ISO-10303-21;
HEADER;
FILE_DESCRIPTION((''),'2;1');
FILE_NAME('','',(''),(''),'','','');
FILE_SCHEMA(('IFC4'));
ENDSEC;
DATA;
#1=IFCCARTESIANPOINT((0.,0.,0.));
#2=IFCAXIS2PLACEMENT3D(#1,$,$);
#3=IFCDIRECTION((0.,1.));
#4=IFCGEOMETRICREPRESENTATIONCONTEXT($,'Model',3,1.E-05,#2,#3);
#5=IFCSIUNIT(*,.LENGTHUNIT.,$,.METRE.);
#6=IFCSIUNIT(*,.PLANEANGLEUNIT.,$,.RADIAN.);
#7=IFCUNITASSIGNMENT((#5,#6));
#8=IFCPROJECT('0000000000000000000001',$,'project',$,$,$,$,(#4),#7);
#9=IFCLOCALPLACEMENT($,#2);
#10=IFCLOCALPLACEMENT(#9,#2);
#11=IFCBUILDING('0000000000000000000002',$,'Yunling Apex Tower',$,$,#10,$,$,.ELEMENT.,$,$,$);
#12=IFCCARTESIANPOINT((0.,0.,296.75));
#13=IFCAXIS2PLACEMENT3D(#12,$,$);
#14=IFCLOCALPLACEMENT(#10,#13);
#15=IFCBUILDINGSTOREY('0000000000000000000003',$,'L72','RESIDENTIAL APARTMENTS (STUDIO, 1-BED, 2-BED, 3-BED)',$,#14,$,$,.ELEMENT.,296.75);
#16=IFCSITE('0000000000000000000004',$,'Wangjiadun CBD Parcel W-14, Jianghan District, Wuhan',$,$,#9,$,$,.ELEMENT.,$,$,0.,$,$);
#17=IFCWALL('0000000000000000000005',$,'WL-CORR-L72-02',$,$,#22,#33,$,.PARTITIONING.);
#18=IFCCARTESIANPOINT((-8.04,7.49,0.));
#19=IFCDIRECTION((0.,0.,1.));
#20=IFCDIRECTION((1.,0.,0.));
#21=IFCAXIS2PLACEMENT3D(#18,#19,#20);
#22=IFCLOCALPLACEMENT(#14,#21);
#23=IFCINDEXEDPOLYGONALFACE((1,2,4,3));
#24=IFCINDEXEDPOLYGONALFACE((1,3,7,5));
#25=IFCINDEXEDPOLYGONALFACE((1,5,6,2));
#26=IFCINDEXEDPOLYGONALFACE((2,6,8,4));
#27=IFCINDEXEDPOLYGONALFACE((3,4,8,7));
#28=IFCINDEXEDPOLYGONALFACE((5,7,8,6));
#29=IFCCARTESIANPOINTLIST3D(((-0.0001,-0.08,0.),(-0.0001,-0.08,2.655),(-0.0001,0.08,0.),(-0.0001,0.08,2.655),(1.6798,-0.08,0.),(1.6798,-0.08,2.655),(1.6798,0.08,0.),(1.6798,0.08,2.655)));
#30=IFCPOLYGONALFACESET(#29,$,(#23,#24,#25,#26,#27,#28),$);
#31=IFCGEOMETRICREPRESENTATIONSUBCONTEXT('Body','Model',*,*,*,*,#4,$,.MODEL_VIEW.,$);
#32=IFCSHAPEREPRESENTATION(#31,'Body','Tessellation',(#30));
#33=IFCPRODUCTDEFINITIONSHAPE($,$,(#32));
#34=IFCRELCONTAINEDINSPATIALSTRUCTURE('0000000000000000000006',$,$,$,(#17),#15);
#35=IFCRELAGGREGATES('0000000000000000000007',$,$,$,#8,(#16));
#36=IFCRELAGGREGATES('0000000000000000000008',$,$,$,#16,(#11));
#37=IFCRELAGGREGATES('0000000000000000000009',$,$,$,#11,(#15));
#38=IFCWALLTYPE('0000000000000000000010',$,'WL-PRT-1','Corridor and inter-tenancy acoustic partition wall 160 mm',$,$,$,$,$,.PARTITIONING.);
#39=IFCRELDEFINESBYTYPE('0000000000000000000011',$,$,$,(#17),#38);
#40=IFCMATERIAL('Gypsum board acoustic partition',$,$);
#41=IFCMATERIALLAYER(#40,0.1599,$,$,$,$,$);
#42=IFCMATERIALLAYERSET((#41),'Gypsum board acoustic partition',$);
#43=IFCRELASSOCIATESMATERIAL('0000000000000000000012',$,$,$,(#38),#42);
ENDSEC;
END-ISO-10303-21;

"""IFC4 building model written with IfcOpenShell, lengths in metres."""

from ifc_helpers import new_model, si_unit, direction, frame, frame_2d, origin, place, context, subcontext, project, spatial, rectangle, extrude, material, layer, layer_set, type_object, element, save


model = new_model("IFC4")

# Units and contexts
model_context = context("Model", 3, precision=1e-05, world=origin(), true_north=direction((0.0, 1.0)))
body_context = subcontext(model_context, "Body", "Model", "MODEL_VIEW")
ifc_project = project(units=[si_unit("LENGTHUNIT", "METRE"), si_unit("PLANEANGLEUNIT", "RADIAN")], contexts=[model_context])

# Site, building, storey
site_placement = place(None, origin())
site = spatial("IfcSite", under=ifc_project, at=site_placement, Name="Wangjiadun CBD Parcel W-14, Jianghan District, Wuhan", CompositionType="ELEMENT", RefElevation=0.0)
building_placement = place(site_placement, origin())
building = spatial("IfcBuilding", under=site, at=building_placement, Name="Yunling Apex Tower", CompositionType="ELEMENT")
storey_placement = place(building_placement, frame((0.0, 0.0, 296.75)))
storey = spatial("IfcBuildingStorey", under=building, at=storey_placement, Name="L72", Description="RESIDENTIAL APARTMENTS (STUDIO, 1-BED, 2-BED, 3-BED)", CompositionType="ELEMENT", Elevation=296.75)

# Wall
ifc_material_1 = material(Name="Gypsum board acoustic partition")
ifc_layer_1 = layer(ifc_material_1, 0.1599)
ifc_layer_set_1 = layer_set([ifc_layer_1], Name="Gypsum board acoustic partition")
wall_type = type_object("IfcWallType", Name="WL-PRT-1", Description="Corridor and inter-tenancy acoustic partition wall 160 mm", PredefinedType="PARTITIONING", material=ifc_layer_set_1)
wall_1_placement = place(storey_placement, frame((-8.04, 7.49, 0.0), z_axis=(0.0, 0.0, 1.0), x_axis=(1.0, 0.0, 0.0)))
element("IfcWall", 1, at=wall_1_placement, inside=storey, type_object=wall_type, Name="WL-CORR-L72-02", PredefinedType="PARTITIONING", context=body_context, shape_type="SweptSolid", body=[
    extrude(rectangle(XDim=1.6799, YDim=0.1599, at=frame_2d((0.8398, 0.0))), origin(), (0.0, 0.0, 1.0), 2.655),
])

save(model, "model.ifc")
